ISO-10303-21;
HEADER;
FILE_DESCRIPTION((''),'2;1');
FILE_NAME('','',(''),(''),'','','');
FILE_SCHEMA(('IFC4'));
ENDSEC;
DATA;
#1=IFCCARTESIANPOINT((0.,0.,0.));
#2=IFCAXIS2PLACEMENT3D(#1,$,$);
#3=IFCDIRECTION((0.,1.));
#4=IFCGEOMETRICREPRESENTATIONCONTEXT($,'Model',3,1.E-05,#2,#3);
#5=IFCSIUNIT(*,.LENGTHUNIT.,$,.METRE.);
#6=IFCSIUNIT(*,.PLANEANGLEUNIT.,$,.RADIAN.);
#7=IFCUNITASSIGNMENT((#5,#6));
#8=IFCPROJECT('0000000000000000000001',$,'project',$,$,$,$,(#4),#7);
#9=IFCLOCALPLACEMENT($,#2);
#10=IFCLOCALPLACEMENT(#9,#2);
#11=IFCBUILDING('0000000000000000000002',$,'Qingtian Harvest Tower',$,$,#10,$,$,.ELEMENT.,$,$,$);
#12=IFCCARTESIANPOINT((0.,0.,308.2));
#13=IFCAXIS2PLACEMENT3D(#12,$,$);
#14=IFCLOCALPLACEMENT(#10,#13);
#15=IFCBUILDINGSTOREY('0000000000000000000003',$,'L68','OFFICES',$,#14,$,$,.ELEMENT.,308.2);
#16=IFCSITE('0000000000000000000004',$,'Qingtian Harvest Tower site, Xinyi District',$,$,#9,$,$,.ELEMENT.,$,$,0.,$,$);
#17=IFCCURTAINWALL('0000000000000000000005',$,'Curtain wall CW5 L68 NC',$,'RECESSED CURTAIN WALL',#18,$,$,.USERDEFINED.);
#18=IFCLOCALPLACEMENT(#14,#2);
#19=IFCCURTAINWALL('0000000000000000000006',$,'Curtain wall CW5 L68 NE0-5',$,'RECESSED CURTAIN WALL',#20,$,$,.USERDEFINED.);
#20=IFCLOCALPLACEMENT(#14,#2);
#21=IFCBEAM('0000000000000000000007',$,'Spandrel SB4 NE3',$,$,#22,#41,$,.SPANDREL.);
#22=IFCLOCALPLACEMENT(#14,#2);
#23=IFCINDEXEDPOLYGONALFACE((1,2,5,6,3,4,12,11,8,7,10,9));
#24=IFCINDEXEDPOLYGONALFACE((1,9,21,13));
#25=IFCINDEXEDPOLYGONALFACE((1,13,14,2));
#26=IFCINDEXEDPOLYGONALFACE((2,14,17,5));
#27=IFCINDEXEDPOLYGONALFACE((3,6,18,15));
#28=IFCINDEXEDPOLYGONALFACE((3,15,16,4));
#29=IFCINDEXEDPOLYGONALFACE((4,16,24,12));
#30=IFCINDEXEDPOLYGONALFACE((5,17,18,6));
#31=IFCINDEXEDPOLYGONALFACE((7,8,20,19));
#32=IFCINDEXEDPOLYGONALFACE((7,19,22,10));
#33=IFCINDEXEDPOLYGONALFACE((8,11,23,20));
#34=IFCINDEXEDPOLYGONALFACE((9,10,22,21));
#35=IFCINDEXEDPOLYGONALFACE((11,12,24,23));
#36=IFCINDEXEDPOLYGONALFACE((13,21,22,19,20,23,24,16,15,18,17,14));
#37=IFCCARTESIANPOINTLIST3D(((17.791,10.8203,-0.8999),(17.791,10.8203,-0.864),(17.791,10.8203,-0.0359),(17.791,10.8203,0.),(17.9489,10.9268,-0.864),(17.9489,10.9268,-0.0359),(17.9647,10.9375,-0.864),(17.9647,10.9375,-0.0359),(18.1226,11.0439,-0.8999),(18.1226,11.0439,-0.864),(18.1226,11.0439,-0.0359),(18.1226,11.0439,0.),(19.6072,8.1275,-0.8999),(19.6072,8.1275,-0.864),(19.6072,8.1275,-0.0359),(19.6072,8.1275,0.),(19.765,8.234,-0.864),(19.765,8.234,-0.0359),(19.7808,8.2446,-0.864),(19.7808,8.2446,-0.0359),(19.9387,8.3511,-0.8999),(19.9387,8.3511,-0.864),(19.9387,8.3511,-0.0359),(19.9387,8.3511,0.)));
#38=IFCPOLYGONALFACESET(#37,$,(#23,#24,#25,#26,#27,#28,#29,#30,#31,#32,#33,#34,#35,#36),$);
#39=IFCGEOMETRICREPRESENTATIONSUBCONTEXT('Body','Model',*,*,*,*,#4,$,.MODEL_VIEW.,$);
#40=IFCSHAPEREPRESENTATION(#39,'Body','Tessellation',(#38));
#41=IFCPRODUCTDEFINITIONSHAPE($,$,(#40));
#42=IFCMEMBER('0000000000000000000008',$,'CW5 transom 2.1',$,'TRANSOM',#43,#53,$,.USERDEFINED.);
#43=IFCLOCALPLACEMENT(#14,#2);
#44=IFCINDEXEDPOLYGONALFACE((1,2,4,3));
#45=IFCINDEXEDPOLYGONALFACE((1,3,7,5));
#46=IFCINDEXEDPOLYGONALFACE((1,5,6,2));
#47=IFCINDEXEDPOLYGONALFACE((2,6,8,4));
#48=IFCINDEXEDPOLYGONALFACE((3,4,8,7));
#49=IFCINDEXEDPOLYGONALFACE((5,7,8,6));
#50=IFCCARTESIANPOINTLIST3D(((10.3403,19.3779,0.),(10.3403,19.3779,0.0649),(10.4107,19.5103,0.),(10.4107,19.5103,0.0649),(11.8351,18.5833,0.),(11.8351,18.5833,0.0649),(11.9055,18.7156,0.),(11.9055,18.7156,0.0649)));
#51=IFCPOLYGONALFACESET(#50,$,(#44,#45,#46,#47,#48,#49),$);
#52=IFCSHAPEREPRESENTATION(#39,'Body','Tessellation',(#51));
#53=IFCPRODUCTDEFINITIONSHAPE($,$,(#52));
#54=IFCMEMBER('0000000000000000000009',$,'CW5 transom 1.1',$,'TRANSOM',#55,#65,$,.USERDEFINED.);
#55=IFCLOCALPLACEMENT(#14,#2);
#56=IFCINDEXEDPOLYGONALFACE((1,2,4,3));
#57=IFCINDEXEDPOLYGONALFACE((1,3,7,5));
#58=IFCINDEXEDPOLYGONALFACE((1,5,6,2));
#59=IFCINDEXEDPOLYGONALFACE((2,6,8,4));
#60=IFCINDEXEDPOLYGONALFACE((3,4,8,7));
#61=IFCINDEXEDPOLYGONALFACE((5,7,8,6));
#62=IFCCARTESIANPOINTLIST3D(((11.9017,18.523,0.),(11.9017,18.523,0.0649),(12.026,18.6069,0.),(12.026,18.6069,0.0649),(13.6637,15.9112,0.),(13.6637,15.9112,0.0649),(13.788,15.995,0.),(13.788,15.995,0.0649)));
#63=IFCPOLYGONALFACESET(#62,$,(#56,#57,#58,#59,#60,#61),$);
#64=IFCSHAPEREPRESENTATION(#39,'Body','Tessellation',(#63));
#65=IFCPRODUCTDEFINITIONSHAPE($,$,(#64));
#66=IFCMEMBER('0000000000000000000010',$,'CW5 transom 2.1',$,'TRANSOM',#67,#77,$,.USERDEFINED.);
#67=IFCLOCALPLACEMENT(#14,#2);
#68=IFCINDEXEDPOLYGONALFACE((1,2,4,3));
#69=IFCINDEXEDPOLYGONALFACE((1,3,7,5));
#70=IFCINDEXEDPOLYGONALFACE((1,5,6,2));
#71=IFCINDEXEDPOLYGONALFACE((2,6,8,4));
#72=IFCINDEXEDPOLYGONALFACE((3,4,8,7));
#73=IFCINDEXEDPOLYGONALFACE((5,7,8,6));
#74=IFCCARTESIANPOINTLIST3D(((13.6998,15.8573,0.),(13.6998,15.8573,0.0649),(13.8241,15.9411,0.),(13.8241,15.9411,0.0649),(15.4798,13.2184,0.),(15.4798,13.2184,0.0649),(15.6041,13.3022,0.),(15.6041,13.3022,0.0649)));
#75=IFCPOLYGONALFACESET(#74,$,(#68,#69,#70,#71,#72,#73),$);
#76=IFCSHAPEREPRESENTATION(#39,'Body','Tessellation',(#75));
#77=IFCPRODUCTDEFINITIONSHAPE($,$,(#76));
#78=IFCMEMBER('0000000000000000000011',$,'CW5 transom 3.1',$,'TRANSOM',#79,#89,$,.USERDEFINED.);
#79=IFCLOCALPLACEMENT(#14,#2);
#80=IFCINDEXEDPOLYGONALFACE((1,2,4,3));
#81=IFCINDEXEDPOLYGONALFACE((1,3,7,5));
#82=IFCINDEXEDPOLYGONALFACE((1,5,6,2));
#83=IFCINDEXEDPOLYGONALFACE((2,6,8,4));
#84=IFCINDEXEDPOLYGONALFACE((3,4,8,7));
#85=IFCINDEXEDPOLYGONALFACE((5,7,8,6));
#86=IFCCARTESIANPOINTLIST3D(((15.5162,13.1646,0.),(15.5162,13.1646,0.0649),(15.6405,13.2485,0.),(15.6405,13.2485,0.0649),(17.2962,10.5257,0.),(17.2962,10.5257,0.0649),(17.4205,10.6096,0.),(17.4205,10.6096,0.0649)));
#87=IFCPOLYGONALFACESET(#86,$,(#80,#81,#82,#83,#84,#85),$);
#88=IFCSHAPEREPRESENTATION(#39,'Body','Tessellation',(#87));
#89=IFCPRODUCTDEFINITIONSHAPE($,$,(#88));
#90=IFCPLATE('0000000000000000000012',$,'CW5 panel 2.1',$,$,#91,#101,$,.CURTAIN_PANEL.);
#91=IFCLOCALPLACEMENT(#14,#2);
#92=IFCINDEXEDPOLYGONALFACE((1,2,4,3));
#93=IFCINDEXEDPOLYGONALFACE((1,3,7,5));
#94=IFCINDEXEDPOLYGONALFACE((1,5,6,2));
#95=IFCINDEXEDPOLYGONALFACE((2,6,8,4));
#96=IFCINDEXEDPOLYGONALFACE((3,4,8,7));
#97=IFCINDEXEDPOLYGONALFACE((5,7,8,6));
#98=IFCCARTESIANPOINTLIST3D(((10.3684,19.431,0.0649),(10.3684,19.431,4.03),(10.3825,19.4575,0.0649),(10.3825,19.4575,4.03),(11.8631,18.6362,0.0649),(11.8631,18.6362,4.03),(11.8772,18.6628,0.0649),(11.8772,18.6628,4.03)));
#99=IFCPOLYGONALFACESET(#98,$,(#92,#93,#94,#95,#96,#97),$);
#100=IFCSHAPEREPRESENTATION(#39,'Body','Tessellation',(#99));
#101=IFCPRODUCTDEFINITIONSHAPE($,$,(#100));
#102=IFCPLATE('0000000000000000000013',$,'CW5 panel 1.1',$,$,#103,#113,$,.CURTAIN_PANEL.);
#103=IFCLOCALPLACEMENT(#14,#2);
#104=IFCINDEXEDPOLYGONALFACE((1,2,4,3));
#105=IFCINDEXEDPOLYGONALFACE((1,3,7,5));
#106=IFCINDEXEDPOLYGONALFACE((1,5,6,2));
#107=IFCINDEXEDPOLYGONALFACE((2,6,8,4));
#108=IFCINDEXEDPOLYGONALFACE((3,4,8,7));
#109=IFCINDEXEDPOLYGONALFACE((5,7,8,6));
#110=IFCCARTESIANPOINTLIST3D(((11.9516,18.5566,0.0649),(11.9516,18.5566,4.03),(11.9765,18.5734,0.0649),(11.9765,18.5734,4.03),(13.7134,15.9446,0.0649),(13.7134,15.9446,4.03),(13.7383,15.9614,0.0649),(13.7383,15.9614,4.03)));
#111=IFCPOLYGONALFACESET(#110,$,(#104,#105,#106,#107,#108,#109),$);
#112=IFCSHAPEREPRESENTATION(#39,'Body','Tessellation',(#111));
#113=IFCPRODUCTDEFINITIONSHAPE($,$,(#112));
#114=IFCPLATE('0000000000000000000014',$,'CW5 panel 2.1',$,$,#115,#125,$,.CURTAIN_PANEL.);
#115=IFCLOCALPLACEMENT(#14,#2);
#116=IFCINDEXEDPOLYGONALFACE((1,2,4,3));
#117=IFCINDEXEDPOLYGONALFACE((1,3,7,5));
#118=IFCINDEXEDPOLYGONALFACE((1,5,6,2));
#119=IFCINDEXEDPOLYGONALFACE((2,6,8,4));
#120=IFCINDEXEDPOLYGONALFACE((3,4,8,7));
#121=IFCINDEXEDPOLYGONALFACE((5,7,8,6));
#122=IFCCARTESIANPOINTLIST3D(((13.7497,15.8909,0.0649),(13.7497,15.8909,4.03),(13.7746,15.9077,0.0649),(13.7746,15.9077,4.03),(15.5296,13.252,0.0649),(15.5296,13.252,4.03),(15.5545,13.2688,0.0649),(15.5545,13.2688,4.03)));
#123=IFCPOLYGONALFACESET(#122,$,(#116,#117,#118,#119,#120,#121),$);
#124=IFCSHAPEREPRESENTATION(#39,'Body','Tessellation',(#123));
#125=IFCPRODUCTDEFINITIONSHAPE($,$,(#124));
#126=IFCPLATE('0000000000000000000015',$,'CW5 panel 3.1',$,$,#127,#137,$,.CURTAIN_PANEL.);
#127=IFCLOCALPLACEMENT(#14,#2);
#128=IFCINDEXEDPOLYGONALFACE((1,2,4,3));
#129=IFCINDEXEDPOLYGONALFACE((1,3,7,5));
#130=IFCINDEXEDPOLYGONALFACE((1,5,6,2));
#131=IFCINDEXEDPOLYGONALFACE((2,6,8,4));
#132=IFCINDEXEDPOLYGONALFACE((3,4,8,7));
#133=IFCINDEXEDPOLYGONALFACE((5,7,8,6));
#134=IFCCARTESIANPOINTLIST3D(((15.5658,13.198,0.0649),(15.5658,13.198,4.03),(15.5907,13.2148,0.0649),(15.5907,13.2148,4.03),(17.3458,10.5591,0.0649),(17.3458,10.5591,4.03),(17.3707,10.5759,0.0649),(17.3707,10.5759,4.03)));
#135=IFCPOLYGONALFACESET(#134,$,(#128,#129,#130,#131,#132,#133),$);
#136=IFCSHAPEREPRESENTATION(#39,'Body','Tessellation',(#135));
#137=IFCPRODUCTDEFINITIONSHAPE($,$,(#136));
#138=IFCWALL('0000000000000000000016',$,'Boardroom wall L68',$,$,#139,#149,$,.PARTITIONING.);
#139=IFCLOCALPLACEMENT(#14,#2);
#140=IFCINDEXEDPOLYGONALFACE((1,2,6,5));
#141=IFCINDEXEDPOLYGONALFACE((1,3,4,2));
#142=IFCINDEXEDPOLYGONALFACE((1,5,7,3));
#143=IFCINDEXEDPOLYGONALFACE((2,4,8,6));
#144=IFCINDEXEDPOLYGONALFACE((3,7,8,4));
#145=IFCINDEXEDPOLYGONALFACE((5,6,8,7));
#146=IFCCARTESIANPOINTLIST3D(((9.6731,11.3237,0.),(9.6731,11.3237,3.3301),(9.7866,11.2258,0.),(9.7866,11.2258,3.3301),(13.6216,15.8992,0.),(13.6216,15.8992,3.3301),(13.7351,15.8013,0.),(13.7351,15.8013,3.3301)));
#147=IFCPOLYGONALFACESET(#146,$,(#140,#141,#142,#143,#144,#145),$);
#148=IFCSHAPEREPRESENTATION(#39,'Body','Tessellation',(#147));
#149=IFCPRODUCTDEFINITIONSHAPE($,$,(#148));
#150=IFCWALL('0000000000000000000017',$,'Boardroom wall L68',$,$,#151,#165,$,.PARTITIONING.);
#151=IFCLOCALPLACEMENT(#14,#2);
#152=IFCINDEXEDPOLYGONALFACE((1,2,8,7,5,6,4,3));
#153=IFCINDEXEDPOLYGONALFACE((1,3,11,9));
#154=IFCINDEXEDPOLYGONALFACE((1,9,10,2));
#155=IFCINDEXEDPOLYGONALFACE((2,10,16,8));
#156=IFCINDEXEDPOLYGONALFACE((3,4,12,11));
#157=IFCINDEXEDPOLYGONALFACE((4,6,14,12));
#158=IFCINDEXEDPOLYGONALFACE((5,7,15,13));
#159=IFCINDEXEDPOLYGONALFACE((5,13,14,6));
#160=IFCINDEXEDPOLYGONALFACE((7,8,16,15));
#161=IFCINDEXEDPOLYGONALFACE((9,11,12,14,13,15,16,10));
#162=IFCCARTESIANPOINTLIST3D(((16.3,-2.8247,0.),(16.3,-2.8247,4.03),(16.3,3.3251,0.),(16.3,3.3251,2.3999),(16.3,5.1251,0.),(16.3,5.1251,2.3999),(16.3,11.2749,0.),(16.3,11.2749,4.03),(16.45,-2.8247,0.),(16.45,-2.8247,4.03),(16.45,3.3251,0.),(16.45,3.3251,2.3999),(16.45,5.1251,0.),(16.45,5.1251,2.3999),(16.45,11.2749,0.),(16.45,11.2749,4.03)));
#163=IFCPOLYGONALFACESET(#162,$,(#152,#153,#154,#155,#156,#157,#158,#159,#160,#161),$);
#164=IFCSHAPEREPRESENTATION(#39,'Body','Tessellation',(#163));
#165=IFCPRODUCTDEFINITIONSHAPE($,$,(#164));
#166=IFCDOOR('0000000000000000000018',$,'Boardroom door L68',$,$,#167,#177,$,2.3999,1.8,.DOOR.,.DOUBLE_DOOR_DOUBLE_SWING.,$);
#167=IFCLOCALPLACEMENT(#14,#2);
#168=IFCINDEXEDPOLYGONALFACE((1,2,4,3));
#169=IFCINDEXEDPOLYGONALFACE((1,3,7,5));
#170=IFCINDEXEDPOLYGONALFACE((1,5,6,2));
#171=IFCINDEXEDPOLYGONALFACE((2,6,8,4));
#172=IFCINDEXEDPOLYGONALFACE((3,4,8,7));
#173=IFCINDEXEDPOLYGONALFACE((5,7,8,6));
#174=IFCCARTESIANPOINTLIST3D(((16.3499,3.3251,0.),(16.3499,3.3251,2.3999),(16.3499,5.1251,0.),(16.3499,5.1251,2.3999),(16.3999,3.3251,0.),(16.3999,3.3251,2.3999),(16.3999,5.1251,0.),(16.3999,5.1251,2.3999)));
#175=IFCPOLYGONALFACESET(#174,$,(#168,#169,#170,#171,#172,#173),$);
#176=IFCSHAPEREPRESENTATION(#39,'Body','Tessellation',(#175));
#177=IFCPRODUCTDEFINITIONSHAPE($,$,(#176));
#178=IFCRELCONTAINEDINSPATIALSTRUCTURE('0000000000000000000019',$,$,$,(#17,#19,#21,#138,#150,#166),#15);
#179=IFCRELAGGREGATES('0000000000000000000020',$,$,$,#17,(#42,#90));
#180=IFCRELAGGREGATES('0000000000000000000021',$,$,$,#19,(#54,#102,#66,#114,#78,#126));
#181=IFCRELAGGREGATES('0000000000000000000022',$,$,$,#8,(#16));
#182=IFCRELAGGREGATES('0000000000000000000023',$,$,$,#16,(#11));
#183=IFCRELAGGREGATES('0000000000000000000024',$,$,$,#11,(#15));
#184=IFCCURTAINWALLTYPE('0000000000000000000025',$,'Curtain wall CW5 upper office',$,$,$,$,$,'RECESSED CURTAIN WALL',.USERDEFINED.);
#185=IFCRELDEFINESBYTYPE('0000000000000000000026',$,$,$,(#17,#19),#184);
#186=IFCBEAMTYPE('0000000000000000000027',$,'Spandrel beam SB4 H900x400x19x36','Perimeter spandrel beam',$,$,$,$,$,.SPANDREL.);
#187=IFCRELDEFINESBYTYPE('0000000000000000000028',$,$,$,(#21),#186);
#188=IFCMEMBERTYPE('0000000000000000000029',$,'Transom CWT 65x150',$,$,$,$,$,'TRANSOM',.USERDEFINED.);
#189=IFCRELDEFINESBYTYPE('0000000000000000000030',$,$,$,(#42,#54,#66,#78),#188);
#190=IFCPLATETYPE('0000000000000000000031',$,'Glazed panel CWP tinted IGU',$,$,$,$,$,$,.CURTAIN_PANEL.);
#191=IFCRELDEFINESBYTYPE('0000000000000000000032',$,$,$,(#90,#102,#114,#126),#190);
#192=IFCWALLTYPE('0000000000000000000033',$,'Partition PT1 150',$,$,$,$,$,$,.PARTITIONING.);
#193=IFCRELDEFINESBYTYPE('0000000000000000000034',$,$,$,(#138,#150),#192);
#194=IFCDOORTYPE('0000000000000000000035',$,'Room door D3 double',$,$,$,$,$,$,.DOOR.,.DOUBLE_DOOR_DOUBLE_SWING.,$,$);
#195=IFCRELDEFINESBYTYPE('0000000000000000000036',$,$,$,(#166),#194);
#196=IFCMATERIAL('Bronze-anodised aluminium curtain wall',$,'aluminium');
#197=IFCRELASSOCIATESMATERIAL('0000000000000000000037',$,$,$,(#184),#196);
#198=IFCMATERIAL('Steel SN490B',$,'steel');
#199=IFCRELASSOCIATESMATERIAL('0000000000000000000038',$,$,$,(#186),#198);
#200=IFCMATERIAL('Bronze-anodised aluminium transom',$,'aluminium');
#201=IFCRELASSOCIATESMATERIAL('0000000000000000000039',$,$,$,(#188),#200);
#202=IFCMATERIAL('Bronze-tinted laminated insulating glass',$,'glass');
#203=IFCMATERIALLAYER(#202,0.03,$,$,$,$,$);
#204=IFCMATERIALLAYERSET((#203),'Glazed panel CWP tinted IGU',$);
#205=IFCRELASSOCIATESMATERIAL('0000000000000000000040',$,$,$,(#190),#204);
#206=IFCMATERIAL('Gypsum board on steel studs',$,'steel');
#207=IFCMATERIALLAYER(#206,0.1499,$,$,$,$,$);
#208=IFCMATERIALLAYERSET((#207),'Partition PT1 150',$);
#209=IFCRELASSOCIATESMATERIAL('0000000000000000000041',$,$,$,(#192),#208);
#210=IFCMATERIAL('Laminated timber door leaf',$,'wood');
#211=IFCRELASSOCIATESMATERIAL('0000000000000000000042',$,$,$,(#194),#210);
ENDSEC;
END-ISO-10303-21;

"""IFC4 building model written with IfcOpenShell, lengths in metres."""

from ifc_helpers import new_model, si_unit, direction, frame, frame_2d, origin, origin_2d, place, context, subcontext, project, spatial, rectangle, i_section, extrude, material, layer, layer_set, material_profile, profile_set, type_object, element, fill, aggregate, save


model = new_model("IFC4")

# Units and contexts
model_context = context("Model", 3, precision=1e-05, world=origin(), true_north=direction((0.0, 1.0)))
body_context = subcontext(model_context, "Body", "Model", "MODEL_VIEW")
ifc_project = project(units=[si_unit("LENGTHUNIT", "METRE"), si_unit("PLANEANGLEUNIT", "RADIAN")], contexts=[model_context])

# Site, building, storey
site_placement = place(None, origin())
site = spatial("IfcSite", under=ifc_project, at=site_placement, Name="Qingtian Harvest Tower site, Xinyi District", CompositionType="ELEMENT", RefElevation=0.0)
building_placement = place(site_placement, origin())
building = spatial("IfcBuilding", under=site, at=building_placement, Name="Qingtian Harvest Tower", CompositionType="ELEMENT")
storey_placement = place(building_placement, frame((0.0, 0.0, 308.2)))
storey = spatial("IfcBuildingStorey", under=building, at=storey_placement, Name="L68", Description="OFFICES", CompositionType="ELEMENT", Elevation=308.2)

# Curtain walls
ifc_material_1 = material(Name="Bronze-anodised aluminium curtain wall", Category="aluminium")
curtain_wall_type = type_object("IfcCurtainWallType", Name="Curtain wall CW5 upper office", ElementType="RECESSED CURTAIN WALL", PredefinedType="USERDEFINED", material=ifc_material_1)
curtain_wall_1_placement = place(storey_placement, origin())
curtain_wall_1 = element("IfcCurtainWall", 1, at=curtain_wall_1_placement, inside=storey, type_object=curtain_wall_type, Name="Curtain wall CW5 L68 NC", ObjectType="RECESSED CURTAIN WALL", PredefinedType="USERDEFINED")
curtain_wall_2_placement = place(storey_placement, origin())
curtain_wall_2 = element("IfcCurtainWall", 2, at=curtain_wall_2_placement, inside=storey, type_object=curtain_wall_type, Name="Curtain wall CW5 L68 NE0-5", ObjectType="RECESSED CURTAIN WALL", PredefinedType="USERDEFINED")

# Beam
ifc_material_2 = material(Name="Steel SN490B", Category="steel")
ifc_material_profile_1 = material_profile(ifc_material_2, i_section(OverallWidth=0.3999, OverallDepth=0.8999, WebThickness=0.019, FlangeThickness=0.0359, at=origin_2d()), Name="H900x400x19x36")
ifc_profile_set_1 = profile_set([ifc_material_profile_1], Name="Steel SN490B")
beam_type_1 = type_object("IfcBeamType", Name="Spandrel beam SB4 H900x400x19x36", Description="Perimeter spandrel beam", PredefinedType="SPANDREL", material=ifc_profile_set_1)
beam_1_placement = place(storey_placement, frame((17.9568, 10.9321, -0.45), z_axis=(0.55915, -0.829066, 0.0), x_axis=(0.829066, 0.55915, 0.0)))
element("IfcBeam", 3, at=beam_1_placement, inside=storey, type_object=beam_type_1, Name="Spandrel SB4 NE3", PredefinedType="SPANDREL", context=body_context, shape_type="SweptSolid", body=[
    extrude(i_section(OverallWidth=0.3999, OverallDepth=0.8999, WebThickness=0.019, FlangeThickness=0.0359, at=origin_2d()), origin(), (0.0, 0.0, 1.0), 3.248),
])

# Members
ifc_material_3 = material(Name="Bronze-anodised aluminium transom", Category="aluminium")
ifc_material_profile_2 = material_profile(ifc_material_3, rectangle(XDim=0.1499, YDim=0.0649, at=origin_2d()), Name="AL 65x150")
ifc_profile_set_2 = profile_set([ifc_material_profile_2], Name="Bronze-anodised aluminium transom")
member_type_1 = type_object("IfcMemberType", Name="Transom CWT 65x150", ElementType="TRANSOM", PredefinedType="USERDEFINED", material=ifc_profile_set_2)
member_1_placement = place(storey_placement, frame((10.3755, 19.4441, 0.0325), z_axis=(0.882987, -0.469398, 0.0), x_axis=(0.469398, 0.882987, 0.0)))
member_1 = element("IfcMember", 4, at=member_1_placement, type_object=member_type_1, Name="CW5 transom 2.1", ObjectType="TRANSOM", PredefinedType="USERDEFINED", context=body_context, shape_type="SweptSolid", body=[
    extrude(rectangle(XDim=0.1499, YDim=0.0649, at=origin_2d()), origin(), (0.0, 0.0, 1.0), 1.6929),
])
member_2_placement = place(storey_placement, frame((11.9639, 18.5649, 0.0325), z_axis=(0.559252, -0.828998, 0.0), x_axis=(0.828998, 0.559252, 0.0)))
member_2 = element("IfcMember", 5, at=member_2_placement, type_object=member_type_1, Name="CW5 transom 1.1", ObjectType="TRANSOM", PredefinedType="USERDEFINED", context=body_context, shape_type="SweptSolid", body=[
    extrude(rectangle(XDim=0.1499, YDim=0.0649, at=origin_2d()), origin(), (0.0, 0.0, 1.0), 3.1506),
])
member_3_placement = place(storey_placement, frame((13.762, 15.8992, 0.0325), z_axis=(0.559205, -0.829029, 0.0), x_axis=(0.829029, 0.559205, 0.0)))
member_3 = element("IfcMember", 6, at=member_3_placement, type_object=member_type_1, Name="CW5 transom 2.1", ObjectType="TRANSOM", PredefinedType="USERDEFINED", context=body_context, shape_type="SweptSolid", body=[
    extrude(rectangle(XDim=0.1499, YDim=0.0649, at=origin_2d()), origin(), (0.0, 0.0, 1.0), 3.1831),
])
member_4_placement = place(storey_placement, frame((15.5784, 13.2065, 0.0325), z_axis=(0.559205, -0.829029, 0.0), x_axis=(0.829029, 0.559205, 0.0)))
member_4 = element("IfcMember", 7, at=member_4_placement, type_object=member_type_1, Name="CW5 transom 3.1", ObjectType="TRANSOM", PredefinedType="USERDEFINED", context=body_context, shape_type="SweptSolid", body=[
    extrude(rectangle(XDim=0.1499, YDim=0.0649, at=origin_2d()), origin(), (0.0, 0.0, 1.0), 3.1831),
])

# Plates
ifc_material_4 = material(Name="Bronze-tinted laminated insulating glass", Category="glass")
ifc_layer_1 = layer(ifc_material_4, 0.03)
ifc_layer_set_1 = layer_set([ifc_layer_1], Name="Glazed panel CWP tinted IGU")
plate_type = type_object("IfcPlateType", Name="Glazed panel CWP tinted IGU", PredefinedType="CURTAIN_PANEL", material=ifc_layer_set_1)
plate_1_placement = place(storey_placement, frame((11.1228, 19.0469, 0.0649), z_axis=(0.0, 0.0, 1.0), x_axis=(0.882948, -0.469472, 0.0)))
plate_1 = element("IfcPlate", 8, at=plate_1_placement, type_object=plate_type, Name="CW5 panel 2.1", PredefinedType="CURTAIN_PANEL", context=body_context, shape_type="SweptSolid", body=[
    extrude(rectangle(XDim=1.6929, YDim=0.03, at=origin_2d()), origin(), (0.0, 0.0, 1.0), 3.9651),
])
aggregate(curtain_wall_1, [member_1, plate_1])
plate_2_placement = place(storey_placement, frame((12.845, 17.259, 0.0649), z_axis=(0.0, 0.0, 1.0), x_axis=(0.559193, -0.829038, 0.0)))
plate_2 = element("IfcPlate", 9, at=plate_2_placement, type_object=plate_type, Name="CW5 panel 1.1", PredefinedType="CURTAIN_PANEL", context=body_context, shape_type="SweptSolid", body=[
    extrude(rectangle(XDim=3.1506, YDim=0.03, at=origin_2d()), origin(), (0.0, 0.0, 1.0), 3.9651),
])
plate_3_placement = place(storey_placement, frame((14.6521, 14.5798, 0.0649), z_axis=(0.0, 0.0, 1.0), x_axis=(0.559193, -0.829038, 0.0)))
plate_3 = element("IfcPlate", 10, at=plate_3_placement, type_object=plate_type, Name="CW5 panel 2.1", PredefinedType="CURTAIN_PANEL", context=body_context, shape_type="SweptSolid", body=[
    extrude(rectangle(XDim=3.1831, YDim=0.03, at=origin_2d()), origin(), (0.0, 0.0, 1.0), 3.9651),
])
plate_4_placement = place(storey_placement, frame((16.4683, 11.887, 0.0649), z_axis=(0.0, 0.0, 1.0), x_axis=(0.559193, -0.829038, 0.0)))
plate_4 = element("IfcPlate", 11, at=plate_4_placement, type_object=plate_type, Name="CW5 panel 3.1", PredefinedType="CURTAIN_PANEL", context=body_context, shape_type="SweptSolid", body=[
    extrude(rectangle(XDim=3.1831, YDim=0.03, at=origin_2d()), origin(), (0.0, 0.0, 1.0), 3.9651),
])
aggregate(curtain_wall_2, [member_2, plate_2, member_3, plate_3, member_4, plate_4])

# Wall
ifc_material_5 = material(Name="Gypsum board on steel studs", Category="steel")
ifc_layer_2 = layer(ifc_material_5, 0.1499)
ifc_layer_set_2 = layer_set([ifc_layer_2], Name="Partition PT1 150")
wall_type = type_object("IfcWallType", Name="Partition PT1 150", PredefinedType="PARTITIONING", material=ifc_layer_set_2)
wall_1_placement = place(storey_placement, frame((13.6785, 15.8503, 0.0), z_axis=(0.0, 0.0, 1.0), x_axis=(-0.653333, -0.757071, 0.0)))
element("IfcWall", 12, at=wall_1_placement, inside=storey, type_object=wall_type, Name="Boardroom wall L68", PredefinedType="PARTITIONING", context=body_context, shape_type="SweptSolid", body=[
    extrude(rectangle(XDim=6.0437, YDim=0.1499, at=frame_2d((3.022, 0.0))), origin(), (0.0, 0.0, 1.0), 3.3301),
])

# Wall, opening, door
wall_2_placement = place(storey_placement, frame((16.375, 11.2749, 0.0), z_axis=(0.0, 0.0, 1.0), x_axis=(0.0, -1.0, 0.0)))
wall_2 = element("IfcWall", 13, at=wall_2_placement, inside=storey, type_object=wall_type, Name="Boardroom wall L68", PredefinedType="PARTITIONING", context=body_context, shape_type="SweptSolid", body=[
    extrude(rectangle(XDim=14.0996, YDim=0.1499, at=frame_2d((7.0498, 0.0))), origin(), (0.0, 0.0, 1.0), 4.03),
])
opening_placement = place(wall_2_placement, frame((6.1499, 0.0, 0.0)))
opening = element("IfcOpeningElement", 14, at=opening_placement, cuts=wall_2, PredefinedType="OPENING", context=body_context, shape_type="SweptSolid", body=[
    extrude(rectangle(XDim=1.8, YDim=2.3999, at=frame_2d((0.8999, 1.2))), frame((0.0, 0.085, 0.0), z_axis=(0.0, -1.0, 0.0), x_axis=(1.0, 0.0, 0.0)), (0.0, 0.0, 1.0), 0.1699),
])
ifc_material_6 = material(Name="Laminated timber door leaf", Category="wood")
door_type = type_object("IfcDoorType", Name="Room door D3 double", OperationType="DOUBLE_DOOR_DOUBLE_SWING", PredefinedType="DOOR", material=ifc_material_6)
door_placement = place(opening_placement, origin())
door = element("IfcDoor", 15, at=door_placement, inside=storey, type_object=door_type, Name="Boardroom door L68", OperationType="DOUBLE_DOOR_DOUBLE_SWING", OverallHeight=2.3999, OverallWidth=1.8, PredefinedType="DOOR", context=body_context, shape_type="SweptSolid", body=[
    extrude(rectangle(XDim=1.8, YDim=2.3999, at=frame_2d((0.8999, 1.2))), frame((0.0, 0.0249, 0.0), z_axis=(0.0, -1.0, 0.0), x_axis=(1.0, 0.0, 0.0)), (0.0, 0.0, 1.0), 0.05),
])
fill(opening, door)

save(model, "model.ifc")
